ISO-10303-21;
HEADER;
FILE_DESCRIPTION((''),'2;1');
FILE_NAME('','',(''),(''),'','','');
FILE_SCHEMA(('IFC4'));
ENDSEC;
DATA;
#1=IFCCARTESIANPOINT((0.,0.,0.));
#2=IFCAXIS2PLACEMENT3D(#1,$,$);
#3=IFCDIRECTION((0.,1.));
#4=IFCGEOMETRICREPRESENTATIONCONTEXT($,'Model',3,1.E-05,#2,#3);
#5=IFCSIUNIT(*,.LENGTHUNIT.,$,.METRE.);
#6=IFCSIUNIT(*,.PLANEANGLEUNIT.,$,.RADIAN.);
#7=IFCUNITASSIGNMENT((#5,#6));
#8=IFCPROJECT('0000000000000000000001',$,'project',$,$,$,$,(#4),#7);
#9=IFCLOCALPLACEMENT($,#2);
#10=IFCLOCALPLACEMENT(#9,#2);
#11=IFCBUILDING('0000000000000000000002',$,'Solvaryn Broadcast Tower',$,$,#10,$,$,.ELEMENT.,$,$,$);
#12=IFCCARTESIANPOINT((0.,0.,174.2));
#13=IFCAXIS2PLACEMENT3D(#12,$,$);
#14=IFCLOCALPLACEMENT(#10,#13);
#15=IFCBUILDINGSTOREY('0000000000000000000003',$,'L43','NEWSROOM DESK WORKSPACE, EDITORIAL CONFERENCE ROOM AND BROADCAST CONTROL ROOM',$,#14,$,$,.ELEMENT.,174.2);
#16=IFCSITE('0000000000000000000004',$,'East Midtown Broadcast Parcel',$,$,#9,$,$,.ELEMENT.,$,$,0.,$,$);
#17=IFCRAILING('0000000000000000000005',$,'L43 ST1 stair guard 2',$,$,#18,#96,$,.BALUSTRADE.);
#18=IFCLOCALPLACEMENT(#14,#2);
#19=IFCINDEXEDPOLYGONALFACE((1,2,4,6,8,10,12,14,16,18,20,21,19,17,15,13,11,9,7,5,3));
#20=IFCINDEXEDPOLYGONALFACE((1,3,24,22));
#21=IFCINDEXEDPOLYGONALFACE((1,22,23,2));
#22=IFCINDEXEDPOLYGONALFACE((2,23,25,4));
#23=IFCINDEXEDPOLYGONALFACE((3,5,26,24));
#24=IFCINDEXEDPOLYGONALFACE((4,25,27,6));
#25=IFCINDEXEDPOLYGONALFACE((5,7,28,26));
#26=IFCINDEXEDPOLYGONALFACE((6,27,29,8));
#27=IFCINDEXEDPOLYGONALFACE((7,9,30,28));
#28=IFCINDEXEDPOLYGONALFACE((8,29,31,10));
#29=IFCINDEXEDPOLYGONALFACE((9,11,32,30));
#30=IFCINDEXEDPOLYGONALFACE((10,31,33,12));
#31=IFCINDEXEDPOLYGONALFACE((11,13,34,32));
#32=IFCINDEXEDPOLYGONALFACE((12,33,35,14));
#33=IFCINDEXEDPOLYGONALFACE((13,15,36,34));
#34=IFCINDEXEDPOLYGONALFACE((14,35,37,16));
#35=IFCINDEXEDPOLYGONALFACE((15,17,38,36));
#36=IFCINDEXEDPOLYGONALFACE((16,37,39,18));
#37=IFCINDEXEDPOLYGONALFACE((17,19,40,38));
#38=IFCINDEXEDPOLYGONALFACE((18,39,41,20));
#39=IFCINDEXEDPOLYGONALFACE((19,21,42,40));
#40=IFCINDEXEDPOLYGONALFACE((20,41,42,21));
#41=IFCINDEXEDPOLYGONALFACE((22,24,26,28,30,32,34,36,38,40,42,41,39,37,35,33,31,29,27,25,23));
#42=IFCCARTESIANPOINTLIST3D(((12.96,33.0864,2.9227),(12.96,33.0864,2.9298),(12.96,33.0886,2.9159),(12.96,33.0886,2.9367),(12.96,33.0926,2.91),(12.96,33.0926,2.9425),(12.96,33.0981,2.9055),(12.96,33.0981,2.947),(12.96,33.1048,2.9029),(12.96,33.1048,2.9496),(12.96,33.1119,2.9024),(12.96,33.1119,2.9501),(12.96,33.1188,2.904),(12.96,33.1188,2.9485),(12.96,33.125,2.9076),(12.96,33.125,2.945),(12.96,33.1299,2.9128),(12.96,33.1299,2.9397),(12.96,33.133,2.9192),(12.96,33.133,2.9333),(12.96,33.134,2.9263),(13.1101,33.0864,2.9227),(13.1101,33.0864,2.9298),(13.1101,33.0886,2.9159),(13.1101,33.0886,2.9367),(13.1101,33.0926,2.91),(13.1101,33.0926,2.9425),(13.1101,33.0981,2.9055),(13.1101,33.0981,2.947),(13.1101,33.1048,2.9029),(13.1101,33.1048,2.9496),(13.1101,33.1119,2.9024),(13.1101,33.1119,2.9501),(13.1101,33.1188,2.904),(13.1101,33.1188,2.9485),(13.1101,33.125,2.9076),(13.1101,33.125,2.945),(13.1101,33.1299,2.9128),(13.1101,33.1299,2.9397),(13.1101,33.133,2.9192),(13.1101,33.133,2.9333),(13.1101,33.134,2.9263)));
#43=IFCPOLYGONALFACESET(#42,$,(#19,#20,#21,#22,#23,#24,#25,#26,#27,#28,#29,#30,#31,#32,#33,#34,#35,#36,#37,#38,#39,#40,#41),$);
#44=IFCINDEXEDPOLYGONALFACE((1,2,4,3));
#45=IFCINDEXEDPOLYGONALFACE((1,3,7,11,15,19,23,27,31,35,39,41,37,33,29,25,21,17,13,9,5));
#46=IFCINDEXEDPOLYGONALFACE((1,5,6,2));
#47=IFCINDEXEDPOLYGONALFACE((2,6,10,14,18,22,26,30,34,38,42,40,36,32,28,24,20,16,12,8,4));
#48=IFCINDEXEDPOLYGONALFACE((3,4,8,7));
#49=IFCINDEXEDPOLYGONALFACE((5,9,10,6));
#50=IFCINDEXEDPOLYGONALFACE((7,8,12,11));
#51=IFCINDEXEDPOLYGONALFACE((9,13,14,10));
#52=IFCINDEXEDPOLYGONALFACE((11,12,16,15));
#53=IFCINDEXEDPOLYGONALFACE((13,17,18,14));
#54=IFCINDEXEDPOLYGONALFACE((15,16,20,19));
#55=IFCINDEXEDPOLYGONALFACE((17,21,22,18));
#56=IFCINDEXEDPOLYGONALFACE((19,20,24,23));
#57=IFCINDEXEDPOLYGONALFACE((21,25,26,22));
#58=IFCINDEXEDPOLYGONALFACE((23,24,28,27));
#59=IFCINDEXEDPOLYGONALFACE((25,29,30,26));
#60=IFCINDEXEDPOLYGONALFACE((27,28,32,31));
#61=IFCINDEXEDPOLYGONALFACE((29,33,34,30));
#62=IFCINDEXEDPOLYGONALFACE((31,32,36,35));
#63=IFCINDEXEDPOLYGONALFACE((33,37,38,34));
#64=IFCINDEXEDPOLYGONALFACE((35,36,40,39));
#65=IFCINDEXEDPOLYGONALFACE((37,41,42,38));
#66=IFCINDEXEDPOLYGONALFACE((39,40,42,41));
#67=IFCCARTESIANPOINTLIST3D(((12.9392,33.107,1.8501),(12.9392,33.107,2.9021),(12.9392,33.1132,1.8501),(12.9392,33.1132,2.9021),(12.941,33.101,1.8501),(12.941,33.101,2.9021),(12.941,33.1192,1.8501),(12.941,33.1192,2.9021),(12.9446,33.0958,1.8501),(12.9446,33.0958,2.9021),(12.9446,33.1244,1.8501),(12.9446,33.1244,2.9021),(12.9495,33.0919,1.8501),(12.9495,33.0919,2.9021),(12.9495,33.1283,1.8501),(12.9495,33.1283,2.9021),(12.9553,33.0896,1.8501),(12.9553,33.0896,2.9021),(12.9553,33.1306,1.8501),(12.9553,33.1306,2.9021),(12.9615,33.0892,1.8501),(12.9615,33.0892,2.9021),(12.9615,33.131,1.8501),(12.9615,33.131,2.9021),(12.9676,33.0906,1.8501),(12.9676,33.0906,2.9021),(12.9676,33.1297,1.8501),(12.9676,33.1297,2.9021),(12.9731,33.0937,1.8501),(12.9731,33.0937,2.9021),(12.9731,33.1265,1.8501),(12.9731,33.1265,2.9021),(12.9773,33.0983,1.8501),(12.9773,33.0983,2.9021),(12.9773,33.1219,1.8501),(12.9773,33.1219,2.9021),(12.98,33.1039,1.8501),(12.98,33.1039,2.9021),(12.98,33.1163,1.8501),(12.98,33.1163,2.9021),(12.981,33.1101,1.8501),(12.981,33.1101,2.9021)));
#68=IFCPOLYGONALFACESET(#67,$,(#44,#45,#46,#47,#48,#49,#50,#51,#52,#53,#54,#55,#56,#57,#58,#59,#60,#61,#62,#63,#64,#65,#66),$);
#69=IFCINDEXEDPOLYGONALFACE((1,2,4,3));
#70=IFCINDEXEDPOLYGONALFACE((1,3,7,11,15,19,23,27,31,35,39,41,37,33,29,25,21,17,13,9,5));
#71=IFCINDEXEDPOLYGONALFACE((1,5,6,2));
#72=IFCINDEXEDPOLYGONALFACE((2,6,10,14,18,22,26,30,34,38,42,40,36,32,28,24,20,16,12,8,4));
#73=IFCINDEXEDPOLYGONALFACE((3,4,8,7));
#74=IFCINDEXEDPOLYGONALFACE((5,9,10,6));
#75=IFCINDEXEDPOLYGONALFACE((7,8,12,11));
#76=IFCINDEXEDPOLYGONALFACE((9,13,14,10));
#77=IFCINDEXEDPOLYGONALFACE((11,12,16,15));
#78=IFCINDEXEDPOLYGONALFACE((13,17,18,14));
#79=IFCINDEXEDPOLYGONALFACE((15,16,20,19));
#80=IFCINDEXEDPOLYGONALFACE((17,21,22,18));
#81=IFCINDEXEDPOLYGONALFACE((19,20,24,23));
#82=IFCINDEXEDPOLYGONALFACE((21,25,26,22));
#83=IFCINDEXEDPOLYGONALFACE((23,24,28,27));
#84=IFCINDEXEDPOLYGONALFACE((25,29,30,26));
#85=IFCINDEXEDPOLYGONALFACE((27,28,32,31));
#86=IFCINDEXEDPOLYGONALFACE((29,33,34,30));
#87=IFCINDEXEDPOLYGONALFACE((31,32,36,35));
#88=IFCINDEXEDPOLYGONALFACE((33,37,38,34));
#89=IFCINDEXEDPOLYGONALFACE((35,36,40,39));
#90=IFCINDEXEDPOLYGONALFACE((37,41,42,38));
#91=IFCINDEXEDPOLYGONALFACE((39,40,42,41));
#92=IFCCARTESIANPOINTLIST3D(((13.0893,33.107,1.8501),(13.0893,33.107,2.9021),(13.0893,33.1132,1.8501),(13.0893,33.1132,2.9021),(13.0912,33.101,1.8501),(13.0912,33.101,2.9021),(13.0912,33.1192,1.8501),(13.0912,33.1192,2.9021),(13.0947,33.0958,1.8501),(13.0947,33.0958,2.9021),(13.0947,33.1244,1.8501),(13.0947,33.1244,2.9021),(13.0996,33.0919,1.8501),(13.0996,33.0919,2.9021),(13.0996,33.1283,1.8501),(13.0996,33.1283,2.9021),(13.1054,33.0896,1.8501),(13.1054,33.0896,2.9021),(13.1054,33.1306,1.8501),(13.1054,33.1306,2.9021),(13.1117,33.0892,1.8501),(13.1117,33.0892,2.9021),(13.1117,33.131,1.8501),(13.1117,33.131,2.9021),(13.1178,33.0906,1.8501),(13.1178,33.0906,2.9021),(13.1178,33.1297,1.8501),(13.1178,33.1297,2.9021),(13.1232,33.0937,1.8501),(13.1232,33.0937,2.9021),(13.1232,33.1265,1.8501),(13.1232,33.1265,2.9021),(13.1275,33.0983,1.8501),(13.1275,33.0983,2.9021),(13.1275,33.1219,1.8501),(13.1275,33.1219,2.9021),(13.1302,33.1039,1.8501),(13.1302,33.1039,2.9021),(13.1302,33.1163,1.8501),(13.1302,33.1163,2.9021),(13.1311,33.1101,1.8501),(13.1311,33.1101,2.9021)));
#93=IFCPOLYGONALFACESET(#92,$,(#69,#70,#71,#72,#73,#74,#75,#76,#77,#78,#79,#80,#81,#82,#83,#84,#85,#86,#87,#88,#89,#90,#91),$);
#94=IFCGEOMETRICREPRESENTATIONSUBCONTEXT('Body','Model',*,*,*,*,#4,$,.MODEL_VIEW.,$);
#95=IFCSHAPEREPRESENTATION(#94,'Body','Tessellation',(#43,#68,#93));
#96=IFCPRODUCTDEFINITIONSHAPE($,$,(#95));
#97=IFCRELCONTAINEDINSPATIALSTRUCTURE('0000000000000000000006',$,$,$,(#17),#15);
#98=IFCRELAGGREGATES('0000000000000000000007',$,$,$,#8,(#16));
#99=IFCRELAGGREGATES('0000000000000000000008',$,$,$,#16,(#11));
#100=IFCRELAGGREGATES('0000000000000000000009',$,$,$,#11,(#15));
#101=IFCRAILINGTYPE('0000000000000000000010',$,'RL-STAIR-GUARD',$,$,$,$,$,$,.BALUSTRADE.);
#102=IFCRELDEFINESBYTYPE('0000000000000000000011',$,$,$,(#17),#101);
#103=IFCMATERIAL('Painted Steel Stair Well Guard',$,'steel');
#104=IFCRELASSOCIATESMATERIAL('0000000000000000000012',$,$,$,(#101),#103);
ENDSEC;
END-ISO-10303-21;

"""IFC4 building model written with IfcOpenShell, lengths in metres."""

from ifc_helpers import new_model, si_unit, direction, frame, origin, origin_2d, place, context, subcontext, project, spatial, circle, extrude, material, type_object, element, save


model = new_model("IFC4")

# Units and contexts
model_context = context("Model", 3, precision=1e-05, world=origin(), true_north=direction((0.0, 1.0)))
body_context = subcontext(model_context, "Body", "Model", "MODEL_VIEW")
ifc_project = project(units=[si_unit("LENGTHUNIT", "METRE"), si_unit("PLANEANGLEUNIT", "RADIAN")], contexts=[model_context])

# Site, building, storey
site_placement = place(None, origin())
site = spatial("IfcSite", under=ifc_project, at=site_placement, Name="East Midtown Broadcast Parcel", CompositionType="ELEMENT", RefElevation=0.0)
building_placement = place(site_placement, origin())
building = spatial("IfcBuilding", under=site, at=building_placement, Name="Solvaryn Broadcast Tower", CompositionType="ELEMENT")
storey_placement = place(building_placement, frame((0.0, 0.0, 174.2)))
storey = spatial("IfcBuildingStorey", under=building, at=storey_placement, Name="L43", Description="NEWSROOM DESK WORKSPACE, EDITORIAL CONFERENCE ROOM AND BROADCAST CONTROL ROOM", CompositionType="ELEMENT", Elevation=174.2)

# Railing
ifc_material_1 = material(Name="Painted Steel Stair Well Guard", Category="steel")
railing_type_1 = type_object("IfcRailingType", Name="RL-STAIR-GUARD", PredefinedType="BALUSTRADE", material=ifc_material_1)
railing_1_placement = place(storey_placement, frame((12.96, 33.1101, 1.8501)))
element("IfcRailing", 1, at=railing_1_placement, inside=storey, type_object=railing_type_1, Name="L43 ST1 stair guard 2", PredefinedType="BALUSTRADE", context=body_context, shape_type="SweptSolid", body=[
    extrude(circle(Radius=0.0239, at=origin_2d()), frame((0.0, 0.0, 1.0762), z_axis=(1.0, 0.0, 0.0), x_axis=(0.0, 1.0, 0.0)), (0.0, 0.0, 1.0), 0.1501),
    extrude(circle(Radius=0.021, at=origin_2d()), origin(), (0.0, 0.0, 1.0), 1.052),
    extrude(circle(Radius=0.021, at=origin_2d()), frame((0.1501, 0.0, 0.0)), (0.0, 0.0, 1.0), 1.052),
])

save(model, "model.ifc")
